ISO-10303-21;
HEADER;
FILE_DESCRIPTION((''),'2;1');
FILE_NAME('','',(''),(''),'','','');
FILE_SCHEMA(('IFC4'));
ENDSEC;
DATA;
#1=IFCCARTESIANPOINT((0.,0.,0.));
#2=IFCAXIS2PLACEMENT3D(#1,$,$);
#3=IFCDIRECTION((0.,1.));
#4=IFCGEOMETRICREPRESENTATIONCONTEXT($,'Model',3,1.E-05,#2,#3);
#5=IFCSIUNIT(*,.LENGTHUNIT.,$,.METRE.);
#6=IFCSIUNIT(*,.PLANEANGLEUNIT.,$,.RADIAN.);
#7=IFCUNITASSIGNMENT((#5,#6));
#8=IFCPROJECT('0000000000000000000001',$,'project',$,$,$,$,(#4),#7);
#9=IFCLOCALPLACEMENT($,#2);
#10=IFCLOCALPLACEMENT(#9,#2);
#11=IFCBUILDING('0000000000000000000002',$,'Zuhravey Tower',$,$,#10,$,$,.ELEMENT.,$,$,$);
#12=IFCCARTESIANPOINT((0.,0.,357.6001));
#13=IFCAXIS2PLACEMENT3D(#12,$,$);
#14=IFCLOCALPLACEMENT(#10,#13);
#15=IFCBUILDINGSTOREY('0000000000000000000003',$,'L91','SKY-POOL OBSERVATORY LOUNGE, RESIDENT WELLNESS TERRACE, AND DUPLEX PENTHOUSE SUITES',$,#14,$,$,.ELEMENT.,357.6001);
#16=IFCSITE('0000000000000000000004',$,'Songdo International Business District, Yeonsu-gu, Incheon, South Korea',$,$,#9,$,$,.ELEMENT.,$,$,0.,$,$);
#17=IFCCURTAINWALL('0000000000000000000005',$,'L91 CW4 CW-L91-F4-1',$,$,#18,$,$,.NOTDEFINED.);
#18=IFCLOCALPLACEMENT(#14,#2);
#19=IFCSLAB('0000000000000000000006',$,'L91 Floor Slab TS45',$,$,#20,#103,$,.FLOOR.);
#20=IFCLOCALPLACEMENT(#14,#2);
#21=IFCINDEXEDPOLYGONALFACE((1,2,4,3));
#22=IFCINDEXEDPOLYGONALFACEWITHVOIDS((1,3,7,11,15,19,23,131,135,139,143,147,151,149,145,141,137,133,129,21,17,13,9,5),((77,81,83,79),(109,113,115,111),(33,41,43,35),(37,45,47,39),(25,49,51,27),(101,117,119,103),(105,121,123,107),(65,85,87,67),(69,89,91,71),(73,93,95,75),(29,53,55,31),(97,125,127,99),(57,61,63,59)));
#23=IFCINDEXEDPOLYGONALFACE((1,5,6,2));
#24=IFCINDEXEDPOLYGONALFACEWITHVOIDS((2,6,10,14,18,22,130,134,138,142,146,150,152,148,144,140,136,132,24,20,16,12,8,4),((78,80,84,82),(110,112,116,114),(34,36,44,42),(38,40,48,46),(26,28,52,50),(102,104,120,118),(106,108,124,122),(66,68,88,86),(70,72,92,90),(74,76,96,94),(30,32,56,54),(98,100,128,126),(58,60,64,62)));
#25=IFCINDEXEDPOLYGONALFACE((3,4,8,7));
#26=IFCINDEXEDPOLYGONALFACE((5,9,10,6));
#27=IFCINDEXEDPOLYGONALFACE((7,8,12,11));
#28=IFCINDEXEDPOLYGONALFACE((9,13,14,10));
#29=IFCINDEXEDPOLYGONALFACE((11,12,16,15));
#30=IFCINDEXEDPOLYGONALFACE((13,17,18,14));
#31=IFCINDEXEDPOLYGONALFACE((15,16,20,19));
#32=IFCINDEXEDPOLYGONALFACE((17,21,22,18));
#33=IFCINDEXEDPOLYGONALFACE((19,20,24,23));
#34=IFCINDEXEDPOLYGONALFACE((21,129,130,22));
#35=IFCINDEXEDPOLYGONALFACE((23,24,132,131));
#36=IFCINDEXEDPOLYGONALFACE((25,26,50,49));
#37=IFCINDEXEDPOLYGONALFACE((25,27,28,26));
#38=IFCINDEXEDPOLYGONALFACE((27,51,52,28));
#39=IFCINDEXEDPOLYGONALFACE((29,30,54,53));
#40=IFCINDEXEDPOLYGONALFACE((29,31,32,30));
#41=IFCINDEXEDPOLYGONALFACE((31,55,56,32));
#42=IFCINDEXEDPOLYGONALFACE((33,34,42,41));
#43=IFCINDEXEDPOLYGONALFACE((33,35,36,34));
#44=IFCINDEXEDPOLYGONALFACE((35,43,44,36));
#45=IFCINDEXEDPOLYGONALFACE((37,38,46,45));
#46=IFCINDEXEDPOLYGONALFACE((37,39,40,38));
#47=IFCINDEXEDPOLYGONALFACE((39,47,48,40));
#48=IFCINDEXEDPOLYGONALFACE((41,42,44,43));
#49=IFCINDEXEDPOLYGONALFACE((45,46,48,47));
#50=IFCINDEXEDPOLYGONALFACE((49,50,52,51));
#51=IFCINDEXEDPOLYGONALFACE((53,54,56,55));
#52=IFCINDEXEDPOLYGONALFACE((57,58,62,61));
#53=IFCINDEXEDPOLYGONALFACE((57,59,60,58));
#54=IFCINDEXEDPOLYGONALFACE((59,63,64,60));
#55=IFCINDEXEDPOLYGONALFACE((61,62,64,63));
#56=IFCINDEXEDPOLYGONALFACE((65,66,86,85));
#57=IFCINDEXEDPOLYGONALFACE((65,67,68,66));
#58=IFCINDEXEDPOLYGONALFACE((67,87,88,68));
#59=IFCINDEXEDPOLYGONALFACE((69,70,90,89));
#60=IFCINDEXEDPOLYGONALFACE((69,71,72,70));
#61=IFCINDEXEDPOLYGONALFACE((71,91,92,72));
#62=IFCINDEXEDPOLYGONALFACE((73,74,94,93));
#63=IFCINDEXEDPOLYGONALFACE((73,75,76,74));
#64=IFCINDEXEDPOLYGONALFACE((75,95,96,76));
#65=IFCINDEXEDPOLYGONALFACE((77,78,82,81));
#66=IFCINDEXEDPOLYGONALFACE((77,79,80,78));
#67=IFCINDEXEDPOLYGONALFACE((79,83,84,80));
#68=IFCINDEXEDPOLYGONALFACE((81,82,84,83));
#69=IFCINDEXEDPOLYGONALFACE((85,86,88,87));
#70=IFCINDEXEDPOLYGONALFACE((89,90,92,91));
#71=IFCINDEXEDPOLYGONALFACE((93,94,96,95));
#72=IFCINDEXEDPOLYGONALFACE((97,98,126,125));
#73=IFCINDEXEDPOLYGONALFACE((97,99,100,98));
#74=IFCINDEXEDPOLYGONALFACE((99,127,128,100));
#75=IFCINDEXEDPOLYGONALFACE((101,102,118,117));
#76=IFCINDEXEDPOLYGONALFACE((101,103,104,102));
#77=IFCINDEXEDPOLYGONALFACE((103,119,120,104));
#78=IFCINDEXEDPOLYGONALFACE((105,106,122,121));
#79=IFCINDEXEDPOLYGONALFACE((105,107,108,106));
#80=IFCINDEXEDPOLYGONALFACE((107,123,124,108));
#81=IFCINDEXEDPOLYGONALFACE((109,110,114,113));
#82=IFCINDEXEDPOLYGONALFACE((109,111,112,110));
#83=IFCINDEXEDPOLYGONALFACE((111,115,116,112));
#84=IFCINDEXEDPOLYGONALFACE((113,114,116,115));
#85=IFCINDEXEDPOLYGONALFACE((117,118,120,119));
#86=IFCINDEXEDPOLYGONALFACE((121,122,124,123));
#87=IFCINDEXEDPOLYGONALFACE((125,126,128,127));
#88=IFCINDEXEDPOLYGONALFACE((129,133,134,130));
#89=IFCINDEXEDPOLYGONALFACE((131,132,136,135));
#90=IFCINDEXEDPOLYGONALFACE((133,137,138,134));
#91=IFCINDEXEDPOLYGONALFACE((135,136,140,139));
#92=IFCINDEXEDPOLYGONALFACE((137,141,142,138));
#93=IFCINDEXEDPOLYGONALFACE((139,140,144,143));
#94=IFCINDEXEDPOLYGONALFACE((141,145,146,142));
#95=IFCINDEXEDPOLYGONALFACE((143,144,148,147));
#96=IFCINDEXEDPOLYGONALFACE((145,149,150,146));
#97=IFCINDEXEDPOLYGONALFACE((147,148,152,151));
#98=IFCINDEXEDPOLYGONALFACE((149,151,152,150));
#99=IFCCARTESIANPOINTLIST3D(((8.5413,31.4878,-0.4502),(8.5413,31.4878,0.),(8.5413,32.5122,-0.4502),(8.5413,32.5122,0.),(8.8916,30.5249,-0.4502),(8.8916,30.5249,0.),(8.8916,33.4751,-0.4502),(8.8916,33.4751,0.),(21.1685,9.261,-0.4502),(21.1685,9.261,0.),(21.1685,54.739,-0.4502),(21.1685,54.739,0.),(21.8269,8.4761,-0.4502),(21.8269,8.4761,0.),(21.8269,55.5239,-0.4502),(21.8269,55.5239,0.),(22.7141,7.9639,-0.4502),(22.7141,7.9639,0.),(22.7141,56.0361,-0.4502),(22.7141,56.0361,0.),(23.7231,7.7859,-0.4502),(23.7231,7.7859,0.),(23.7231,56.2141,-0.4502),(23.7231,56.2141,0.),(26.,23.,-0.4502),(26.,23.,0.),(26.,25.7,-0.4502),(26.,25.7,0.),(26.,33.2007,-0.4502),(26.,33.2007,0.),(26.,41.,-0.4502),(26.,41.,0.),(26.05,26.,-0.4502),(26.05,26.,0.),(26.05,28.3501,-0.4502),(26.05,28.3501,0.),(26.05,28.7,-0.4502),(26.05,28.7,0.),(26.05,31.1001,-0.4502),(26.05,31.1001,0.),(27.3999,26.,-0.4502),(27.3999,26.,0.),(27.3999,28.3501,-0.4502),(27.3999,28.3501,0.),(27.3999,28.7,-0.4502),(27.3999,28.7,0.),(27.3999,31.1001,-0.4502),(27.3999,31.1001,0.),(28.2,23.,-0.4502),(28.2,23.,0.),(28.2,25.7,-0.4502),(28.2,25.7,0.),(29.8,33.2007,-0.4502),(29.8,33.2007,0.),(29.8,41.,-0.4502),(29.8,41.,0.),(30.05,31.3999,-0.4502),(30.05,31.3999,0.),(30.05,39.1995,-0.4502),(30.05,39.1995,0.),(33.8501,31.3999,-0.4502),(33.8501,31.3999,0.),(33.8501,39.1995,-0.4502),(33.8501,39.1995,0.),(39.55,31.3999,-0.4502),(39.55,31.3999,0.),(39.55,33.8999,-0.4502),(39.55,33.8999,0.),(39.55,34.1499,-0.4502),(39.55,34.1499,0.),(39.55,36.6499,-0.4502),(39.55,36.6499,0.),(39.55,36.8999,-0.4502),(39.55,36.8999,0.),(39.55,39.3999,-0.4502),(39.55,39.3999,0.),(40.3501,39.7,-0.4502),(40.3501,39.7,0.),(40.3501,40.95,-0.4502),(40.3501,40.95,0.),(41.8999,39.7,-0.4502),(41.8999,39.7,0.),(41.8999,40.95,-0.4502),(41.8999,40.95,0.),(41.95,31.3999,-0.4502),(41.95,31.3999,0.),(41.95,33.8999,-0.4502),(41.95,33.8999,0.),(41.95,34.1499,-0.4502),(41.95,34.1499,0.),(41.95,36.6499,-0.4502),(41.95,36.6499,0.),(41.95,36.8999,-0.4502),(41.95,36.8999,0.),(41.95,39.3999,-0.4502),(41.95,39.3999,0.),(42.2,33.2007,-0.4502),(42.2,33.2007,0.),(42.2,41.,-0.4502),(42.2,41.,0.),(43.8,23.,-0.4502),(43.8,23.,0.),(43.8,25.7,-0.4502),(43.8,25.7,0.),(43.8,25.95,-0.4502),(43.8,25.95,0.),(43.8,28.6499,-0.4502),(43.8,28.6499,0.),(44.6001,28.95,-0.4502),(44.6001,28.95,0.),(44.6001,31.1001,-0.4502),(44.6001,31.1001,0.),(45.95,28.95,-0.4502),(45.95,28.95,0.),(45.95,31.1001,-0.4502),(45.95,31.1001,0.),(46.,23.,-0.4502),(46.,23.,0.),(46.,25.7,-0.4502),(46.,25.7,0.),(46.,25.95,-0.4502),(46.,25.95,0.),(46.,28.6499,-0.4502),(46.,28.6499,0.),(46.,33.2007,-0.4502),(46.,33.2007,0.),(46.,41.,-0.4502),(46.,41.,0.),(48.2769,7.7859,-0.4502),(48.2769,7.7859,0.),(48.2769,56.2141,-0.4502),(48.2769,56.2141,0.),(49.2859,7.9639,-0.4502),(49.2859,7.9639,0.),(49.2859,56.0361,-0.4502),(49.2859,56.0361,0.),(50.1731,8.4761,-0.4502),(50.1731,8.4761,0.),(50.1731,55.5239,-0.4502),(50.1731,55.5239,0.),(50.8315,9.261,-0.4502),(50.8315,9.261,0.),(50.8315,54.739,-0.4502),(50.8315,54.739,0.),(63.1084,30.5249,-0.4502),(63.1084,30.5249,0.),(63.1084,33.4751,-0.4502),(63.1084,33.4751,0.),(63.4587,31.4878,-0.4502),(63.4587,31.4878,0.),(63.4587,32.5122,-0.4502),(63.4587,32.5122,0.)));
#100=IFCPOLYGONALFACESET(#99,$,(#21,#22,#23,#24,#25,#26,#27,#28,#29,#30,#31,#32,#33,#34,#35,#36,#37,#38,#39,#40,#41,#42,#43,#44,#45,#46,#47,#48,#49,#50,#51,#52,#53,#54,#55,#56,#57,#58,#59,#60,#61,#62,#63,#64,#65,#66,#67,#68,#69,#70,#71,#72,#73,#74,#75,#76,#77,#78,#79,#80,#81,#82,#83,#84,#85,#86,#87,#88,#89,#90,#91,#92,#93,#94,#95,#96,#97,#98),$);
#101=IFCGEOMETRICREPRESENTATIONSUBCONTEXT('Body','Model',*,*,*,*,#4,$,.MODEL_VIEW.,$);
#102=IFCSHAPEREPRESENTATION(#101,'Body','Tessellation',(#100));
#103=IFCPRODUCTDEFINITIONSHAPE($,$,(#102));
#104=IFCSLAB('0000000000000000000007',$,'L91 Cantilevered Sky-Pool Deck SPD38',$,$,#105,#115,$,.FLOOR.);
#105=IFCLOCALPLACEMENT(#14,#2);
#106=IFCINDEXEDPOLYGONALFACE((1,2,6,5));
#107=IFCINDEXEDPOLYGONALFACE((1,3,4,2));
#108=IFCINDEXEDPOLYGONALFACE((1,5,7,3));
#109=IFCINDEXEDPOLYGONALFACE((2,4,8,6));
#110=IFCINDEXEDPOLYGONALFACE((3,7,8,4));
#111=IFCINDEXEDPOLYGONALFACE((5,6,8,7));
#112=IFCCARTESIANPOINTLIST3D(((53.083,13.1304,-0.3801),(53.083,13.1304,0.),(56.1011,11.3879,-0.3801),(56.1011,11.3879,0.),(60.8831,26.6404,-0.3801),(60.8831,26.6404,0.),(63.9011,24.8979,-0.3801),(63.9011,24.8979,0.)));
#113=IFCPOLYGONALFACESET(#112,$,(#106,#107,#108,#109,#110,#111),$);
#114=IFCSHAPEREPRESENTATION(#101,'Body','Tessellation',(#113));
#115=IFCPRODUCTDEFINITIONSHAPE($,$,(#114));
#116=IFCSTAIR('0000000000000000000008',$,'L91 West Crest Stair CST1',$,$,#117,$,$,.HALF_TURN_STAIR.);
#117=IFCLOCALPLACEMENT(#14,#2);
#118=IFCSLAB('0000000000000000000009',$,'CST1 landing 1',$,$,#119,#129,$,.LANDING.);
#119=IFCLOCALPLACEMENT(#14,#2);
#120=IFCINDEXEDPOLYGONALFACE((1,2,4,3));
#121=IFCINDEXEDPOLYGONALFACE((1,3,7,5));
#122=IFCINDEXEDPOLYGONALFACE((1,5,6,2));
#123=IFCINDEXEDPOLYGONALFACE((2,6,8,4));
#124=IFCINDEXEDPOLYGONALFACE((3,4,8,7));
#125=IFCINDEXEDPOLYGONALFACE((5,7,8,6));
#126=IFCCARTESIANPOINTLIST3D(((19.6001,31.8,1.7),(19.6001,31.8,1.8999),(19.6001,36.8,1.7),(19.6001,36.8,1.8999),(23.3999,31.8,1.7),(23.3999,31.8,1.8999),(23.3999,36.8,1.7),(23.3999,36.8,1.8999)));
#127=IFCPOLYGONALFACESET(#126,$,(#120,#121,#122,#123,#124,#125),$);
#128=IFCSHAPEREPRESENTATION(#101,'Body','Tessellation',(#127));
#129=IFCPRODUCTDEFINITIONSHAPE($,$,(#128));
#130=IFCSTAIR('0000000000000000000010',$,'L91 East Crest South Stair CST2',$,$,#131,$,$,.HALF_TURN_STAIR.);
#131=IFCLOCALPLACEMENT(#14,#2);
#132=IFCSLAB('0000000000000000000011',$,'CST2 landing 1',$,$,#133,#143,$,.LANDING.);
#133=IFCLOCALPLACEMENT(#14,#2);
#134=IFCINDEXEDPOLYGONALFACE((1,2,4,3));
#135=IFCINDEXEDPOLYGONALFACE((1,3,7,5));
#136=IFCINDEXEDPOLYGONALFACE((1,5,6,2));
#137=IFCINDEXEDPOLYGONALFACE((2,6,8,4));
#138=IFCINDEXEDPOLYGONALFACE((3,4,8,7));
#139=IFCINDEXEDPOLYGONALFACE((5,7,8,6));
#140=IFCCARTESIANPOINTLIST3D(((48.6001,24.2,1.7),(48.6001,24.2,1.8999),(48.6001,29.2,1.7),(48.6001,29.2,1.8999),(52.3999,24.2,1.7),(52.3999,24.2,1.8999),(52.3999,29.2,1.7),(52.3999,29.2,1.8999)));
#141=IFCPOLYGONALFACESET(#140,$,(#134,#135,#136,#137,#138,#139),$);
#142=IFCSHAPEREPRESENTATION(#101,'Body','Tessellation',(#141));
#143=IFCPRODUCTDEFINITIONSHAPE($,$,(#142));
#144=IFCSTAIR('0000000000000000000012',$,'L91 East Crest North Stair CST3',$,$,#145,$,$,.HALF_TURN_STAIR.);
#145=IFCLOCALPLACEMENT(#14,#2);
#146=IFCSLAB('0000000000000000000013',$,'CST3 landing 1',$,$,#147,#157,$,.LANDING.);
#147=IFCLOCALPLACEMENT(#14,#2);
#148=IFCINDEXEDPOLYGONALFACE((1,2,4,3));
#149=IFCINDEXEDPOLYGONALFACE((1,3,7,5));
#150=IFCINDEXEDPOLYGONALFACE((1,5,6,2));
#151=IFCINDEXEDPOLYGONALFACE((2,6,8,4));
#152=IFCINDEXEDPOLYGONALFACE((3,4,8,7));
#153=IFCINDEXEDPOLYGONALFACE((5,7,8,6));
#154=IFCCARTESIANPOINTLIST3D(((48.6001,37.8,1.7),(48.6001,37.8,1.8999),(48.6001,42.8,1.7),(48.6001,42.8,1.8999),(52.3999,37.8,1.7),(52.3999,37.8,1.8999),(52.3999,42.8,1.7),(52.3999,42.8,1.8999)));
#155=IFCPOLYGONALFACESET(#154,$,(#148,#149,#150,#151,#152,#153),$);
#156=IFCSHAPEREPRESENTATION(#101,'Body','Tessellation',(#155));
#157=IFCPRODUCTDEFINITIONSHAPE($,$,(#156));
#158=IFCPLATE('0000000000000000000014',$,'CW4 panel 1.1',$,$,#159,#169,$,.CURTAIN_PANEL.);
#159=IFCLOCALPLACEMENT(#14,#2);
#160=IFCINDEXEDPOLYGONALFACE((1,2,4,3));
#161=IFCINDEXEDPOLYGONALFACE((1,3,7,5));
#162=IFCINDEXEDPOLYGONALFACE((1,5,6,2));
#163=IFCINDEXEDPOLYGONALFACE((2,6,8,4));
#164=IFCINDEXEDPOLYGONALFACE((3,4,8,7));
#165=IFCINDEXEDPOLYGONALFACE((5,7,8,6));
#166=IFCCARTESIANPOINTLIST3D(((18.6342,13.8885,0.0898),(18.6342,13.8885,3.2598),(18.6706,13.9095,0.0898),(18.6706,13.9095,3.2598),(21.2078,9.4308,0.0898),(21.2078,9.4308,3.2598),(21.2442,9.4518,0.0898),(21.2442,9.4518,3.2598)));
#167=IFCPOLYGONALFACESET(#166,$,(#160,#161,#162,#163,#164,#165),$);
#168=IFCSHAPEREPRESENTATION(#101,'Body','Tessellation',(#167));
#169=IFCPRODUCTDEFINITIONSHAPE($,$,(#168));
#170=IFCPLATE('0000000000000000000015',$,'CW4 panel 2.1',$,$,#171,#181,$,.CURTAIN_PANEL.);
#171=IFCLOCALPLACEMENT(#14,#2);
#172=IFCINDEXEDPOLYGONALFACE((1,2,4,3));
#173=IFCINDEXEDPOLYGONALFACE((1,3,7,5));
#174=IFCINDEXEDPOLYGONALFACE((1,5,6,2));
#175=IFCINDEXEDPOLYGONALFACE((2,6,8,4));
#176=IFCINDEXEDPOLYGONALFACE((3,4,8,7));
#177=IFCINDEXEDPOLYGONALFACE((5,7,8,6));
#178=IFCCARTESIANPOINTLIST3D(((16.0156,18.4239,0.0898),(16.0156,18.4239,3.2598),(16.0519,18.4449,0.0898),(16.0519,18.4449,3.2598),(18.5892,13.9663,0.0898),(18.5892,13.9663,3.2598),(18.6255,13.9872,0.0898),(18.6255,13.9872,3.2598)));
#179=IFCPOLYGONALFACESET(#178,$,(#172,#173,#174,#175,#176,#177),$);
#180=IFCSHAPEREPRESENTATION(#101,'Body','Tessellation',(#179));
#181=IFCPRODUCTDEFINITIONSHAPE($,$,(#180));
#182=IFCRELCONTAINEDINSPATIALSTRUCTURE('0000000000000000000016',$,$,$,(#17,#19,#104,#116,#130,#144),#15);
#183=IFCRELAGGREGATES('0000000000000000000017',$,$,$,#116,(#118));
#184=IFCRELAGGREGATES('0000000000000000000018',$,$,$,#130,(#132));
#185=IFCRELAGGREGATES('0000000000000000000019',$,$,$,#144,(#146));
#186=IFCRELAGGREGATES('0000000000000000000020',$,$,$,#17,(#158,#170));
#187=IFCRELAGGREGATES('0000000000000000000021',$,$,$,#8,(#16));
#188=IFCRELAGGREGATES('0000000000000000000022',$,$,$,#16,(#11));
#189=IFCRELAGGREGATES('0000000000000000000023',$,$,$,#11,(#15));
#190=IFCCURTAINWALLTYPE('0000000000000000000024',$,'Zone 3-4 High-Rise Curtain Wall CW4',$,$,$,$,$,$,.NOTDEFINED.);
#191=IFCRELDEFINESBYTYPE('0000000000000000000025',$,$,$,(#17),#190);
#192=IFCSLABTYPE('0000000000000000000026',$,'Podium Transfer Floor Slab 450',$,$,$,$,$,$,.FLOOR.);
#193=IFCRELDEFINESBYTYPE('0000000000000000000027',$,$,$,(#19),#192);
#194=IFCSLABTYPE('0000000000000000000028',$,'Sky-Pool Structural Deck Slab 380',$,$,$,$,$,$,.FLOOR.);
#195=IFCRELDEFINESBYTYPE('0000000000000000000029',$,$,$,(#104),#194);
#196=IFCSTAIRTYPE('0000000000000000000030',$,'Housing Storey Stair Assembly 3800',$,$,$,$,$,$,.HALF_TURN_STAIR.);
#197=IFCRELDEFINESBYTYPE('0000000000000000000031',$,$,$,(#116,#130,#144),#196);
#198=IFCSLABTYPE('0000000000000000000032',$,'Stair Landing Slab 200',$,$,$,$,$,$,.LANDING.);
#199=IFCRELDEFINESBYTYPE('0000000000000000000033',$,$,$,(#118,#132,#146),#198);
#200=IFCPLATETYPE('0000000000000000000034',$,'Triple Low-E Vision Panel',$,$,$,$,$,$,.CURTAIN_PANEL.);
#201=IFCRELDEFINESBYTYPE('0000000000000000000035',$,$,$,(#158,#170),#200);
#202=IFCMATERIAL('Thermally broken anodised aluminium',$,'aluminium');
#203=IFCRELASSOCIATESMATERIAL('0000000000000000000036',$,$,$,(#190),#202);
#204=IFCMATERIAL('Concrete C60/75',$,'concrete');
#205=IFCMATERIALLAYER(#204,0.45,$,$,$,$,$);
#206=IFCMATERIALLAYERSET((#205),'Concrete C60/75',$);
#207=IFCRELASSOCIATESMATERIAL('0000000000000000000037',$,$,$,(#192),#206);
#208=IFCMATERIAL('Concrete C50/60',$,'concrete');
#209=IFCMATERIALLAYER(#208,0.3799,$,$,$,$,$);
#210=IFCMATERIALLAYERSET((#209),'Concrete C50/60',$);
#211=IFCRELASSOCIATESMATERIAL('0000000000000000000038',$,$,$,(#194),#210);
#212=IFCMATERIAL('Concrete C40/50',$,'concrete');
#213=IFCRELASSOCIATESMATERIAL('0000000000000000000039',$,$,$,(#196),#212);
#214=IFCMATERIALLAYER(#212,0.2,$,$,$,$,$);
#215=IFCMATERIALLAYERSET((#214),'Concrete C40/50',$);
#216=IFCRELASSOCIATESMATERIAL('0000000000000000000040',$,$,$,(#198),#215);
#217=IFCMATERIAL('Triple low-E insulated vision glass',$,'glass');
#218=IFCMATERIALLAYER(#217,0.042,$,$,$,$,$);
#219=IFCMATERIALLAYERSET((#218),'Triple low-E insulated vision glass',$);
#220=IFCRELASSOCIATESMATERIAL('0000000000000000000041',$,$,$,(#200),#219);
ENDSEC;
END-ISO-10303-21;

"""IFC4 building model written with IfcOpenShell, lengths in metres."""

from ifc_helpers import new_model, si_unit, direction, frame, origin, origin_2d, place, context, subcontext, project, spatial, polyline, rectangle, outline, extrude, material, layer, layer_set, type_object, element, aggregate, save


model = new_model("IFC4")

# Units and contexts
model_context = context("Model", 3, precision=1e-05, world=origin(), true_north=direction((0.0, 1.0)))
body_context = subcontext(model_context, "Body", "Model", "MODEL_VIEW")
ifc_project = project(units=[si_unit("LENGTHUNIT", "METRE"), si_unit("PLANEANGLEUNIT", "RADIAN")], contexts=[model_context])

# Site, building, storey
site_placement = place(None, origin())
site = spatial("IfcSite", under=ifc_project, at=site_placement, Name="Songdo International Business District, Yeonsu-gu, Incheon, South Korea", CompositionType="ELEMENT", RefElevation=0.0)
building_placement = place(site_placement, origin())
building = spatial("IfcBuilding", under=site, at=building_placement, Name="Zuhravey Tower", CompositionType="ELEMENT")
storey_placement = place(building_placement, frame((0.0, 0.0, 357.6001)))
storey = spatial("IfcBuildingStorey", under=building, at=storey_placement, Name="L91", Description="SKY-POOL OBSERVATORY LOUNGE, RESIDENT WELLNESS TERRACE, AND DUPLEX PENTHOUSE SUITES", CompositionType="ELEMENT", Elevation=357.6001)

# Shared definitions
ifc_material_1 = material(Name="Concrete C50/60", Category="concrete")

# Curtain wall
ifc_material_2 = material(Name="Thermally broken anodised aluminium", Category="aluminium")
curtain_wall_type = type_object("IfcCurtainWallType", Name="Zone 3-4 High-Rise Curtain Wall CW4", PredefinedType="NOTDEFINED", material=ifc_material_2)
curtain_wall_placement = place(storey_placement, origin())
curtain_wall = element("IfcCurtainWall", 1, at=curtain_wall_placement, inside=storey, type_object=curtain_wall_type, Name="L91 CW4 CW-L91-F4-1", PredefinedType="NOTDEFINED")

# Slabs
ifc_material_3 = material(Name="Concrete C60/75", Category="concrete")
ifc_layer_1 = layer(ifc_material_3, 0.45)
ifc_layer_set_1 = layer_set([ifc_layer_1], Name="Concrete C60/75")
slab_type_1 = type_object("IfcSlabType", Name="Podium Transfer Floor Slab 450", PredefinedType="FLOOR", material=ifc_layer_set_1)
slab_1_placement = place(storey_placement, frame((0.0, 0.0, -0.4502)))
element("IfcSlab", 2, at=slab_1_placement, inside=storey, type_object=slab_type_1, Name="L91 Floor Slab TS45", PredefinedType="FLOOR", context=body_context, shape_type="SweptSolid", body=[
    extrude(outline(polyline([(63.1084, 30.5249), (63.4587, 31.4878), (63.4587, 32.5122), (63.1084, 33.4751), (50.8315, 54.739), (50.1731, 55.5239), (49.2859, 56.0361), (48.2769, 56.2141), (23.7231, 56.2141), (22.7141, 56.0361), (21.8269, 55.5239), (21.1685, 54.739), (8.8916, 33.4751), (8.5413, 32.5122), (8.5413, 31.4878), (8.8916, 30.5249), (21.1685, 9.261), (21.8269, 8.4761), (22.7141, 7.9639), (23.7231, 7.7859), (48.2769, 7.7859), (49.2859, 7.9639), (50.1731, 8.4761), (50.8315, 9.261), (63.1084, 30.5249)]), holes=[polyline([(29.8, 33.2007), (29.8, 41.0), (26.0, 41.0), (26.0, 33.2007), (29.8, 33.2007)]), polyline([(46.0, 33.2007), (46.0, 41.0), (42.2, 41.0), (42.2, 33.2007), (46.0, 33.2007)]), polyline([(30.05, 39.1995), (30.05, 31.3999), (33.8501, 31.3999), (33.8501, 39.1995), (30.05, 39.1995)]), polyline([(39.55, 31.3999), (41.95, 31.3999), (41.95, 33.8999), (39.55, 33.8999), (39.55, 31.3999)]), polyline([(39.55, 34.1499), (41.95, 34.1499), (41.95, 36.6499), (39.55, 36.6499), (39.55, 34.1499)]), polyline([(39.55, 36.8999), (41.95, 36.8999), (41.95, 39.3999), (39.55, 39.3999), (39.55, 36.8999)]), polyline([(26.0, 23.0), (28.2, 23.0), (28.2, 25.7), (26.0, 25.7), (26.0, 23.0)]), polyline([(43.8, 23.0), (46.0, 23.0), (46.0, 25.7), (43.8, 25.7), (43.8, 23.0)]), polyline([(43.8, 25.95), (46.0, 25.95), (46.0, 28.6499), (43.8, 28.6499), (43.8, 25.95)]), polyline([(26.05, 26.0), (27.3999, 26.0), (27.3999, 28.3501), (26.05, 28.3501), (26.05, 26.0)]), polyline([(26.05, 28.7), (27.3999, 28.7), (27.3999, 31.1001), (26.05, 31.1001), (26.05, 28.7)]), polyline([(44.6001, 28.95), (45.95, 28.95), (45.95, 31.1001), (44.6001, 31.1001), (44.6001, 28.95)]), polyline([(40.3501, 39.7), (41.8999, 39.7), (41.8999, 40.95), (40.3501, 40.95), (40.3501, 39.7)])]), origin(), (0.0, 0.0, 1.0), 0.4502),
])
ifc_layer_2 = layer(ifc_material_1, 0.3799)
ifc_layer_set_2 = layer_set([ifc_layer_2], Name="Concrete C50/60")
slab_type_2 = type_object("IfcSlabType", Name="Sky-Pool Structural Deck Slab 380", PredefinedType="FLOOR", material=ifc_layer_set_2)
slab_2_placement = place(storey_placement, frame((0.0, 0.0, -0.3801)))
element("IfcSlab", 3, at=slab_2_placement, inside=storey, type_object=slab_type_2, Name="L91 Cantilevered Sky-Pool Deck SPD38", PredefinedType="FLOOR", context=body_context, shape_type="SweptSolid", body=[
    extrude(outline(polyline([(53.083, 13.1304), (60.8831, 26.6404), (63.9011, 24.8979), (56.1011, 11.3879), (53.083, 13.1304)])), origin(), (0.0, 0.0, 1.0), 0.3801),
])

# Stairs, slabs
ifc_material_4 = material(Name="Concrete C40/50", Category="concrete")
stair_type = type_object("IfcStairType", Name="Housing Storey Stair Assembly 3800", PredefinedType="HALF_TURN_STAIR", material=ifc_material_4)
stair_1_placement = place(storey_placement, origin())
stair_1 = element("IfcStair", 4, at=stair_1_placement, inside=storey, type_object=stair_type, Name="L91 West Crest Stair CST1", PredefinedType="HALF_TURN_STAIR")
ifc_layer_3 = layer(ifc_material_4, 0.2)
ifc_layer_set_3 = layer_set([ifc_layer_3], Name="Concrete C40/50")
slab_type_3 = type_object("IfcSlabType", Name="Stair Landing Slab 200", PredefinedType="LANDING", material=ifc_layer_set_3)
slab_3_placement = place(storey_placement, frame((0.0, 0.0, 1.7)))
slab_3 = element("IfcSlab", 5, at=slab_3_placement, type_object=slab_type_3, Name="CST1 landing 1", PredefinedType="LANDING", context=body_context, shape_type="SweptSolid", body=[
    extrude(outline(polyline([(23.3999, 31.8), (23.3999, 36.8), (19.6001, 36.8), (19.6001, 31.8), (23.3999, 31.8)])), origin(), (0.0, 0.0, 1.0), 0.2),
])
aggregate(stair_1, [slab_3])
stair_2_placement = place(storey_placement, origin())
stair_2 = element("IfcStair", 6, at=stair_2_placement, inside=storey, type_object=stair_type, Name="L91 East Crest South Stair CST2", PredefinedType="HALF_TURN_STAIR")
slab_4_placement = place(storey_placement, frame((0.0, 0.0, 1.7)))
slab_4 = element("IfcSlab", 7, at=slab_4_placement, type_object=slab_type_3, Name="CST2 landing 1", PredefinedType="LANDING", context=body_context, shape_type="SweptSolid", body=[
    extrude(outline(polyline([(52.3999, 24.2), (52.3999, 29.2), (48.6001, 29.2), (48.6001, 24.2), (52.3999, 24.2)])), origin(), (0.0, 0.0, 1.0), 0.2),
])
aggregate(stair_2, [slab_4])
stair_3_placement = place(storey_placement, origin())
stair_3 = element("IfcStair", 8, at=stair_3_placement, inside=storey, type_object=stair_type, Name="L91 East Crest North Stair CST3", PredefinedType="HALF_TURN_STAIR")
slab_5_placement = place(storey_placement, frame((0.0, 0.0, 1.7)))
slab_5 = element("IfcSlab", 9, at=slab_5_placement, type_object=slab_type_3, Name="CST3 landing 1", PredefinedType="LANDING", context=body_context, shape_type="SweptSolid", body=[
    extrude(outline(polyline([(52.3999, 37.8), (52.3999, 42.8), (48.6001, 42.8), (48.6001, 37.8), (52.3999, 37.8)])), origin(), (0.0, 0.0, 1.0), 0.2),
])
aggregate(stair_3, [slab_5])

# Plates
ifc_material_5 = material(Name="Triple low-E insulated vision glass", Category="glass")
ifc_layer_4 = layer(ifc_material_5, 0.042)
ifc_layer_set_4 = layer_set([ifc_layer_4], Name="Triple low-E insulated vision glass")
plate_type_1 = type_object("IfcPlateType", Name="Triple Low-E Vision Panel", PredefinedType="CURTAIN_PANEL", material=ifc_layer_set_4)
plate_1_placement = place(storey_placement, frame((19.9392, 11.6702, 0.0898), z_axis=(0.0, 0.0, 1.0), x_axis=(-0.499994, 0.866029, 0.0)))
plate_1 = element("IfcPlate", 10, at=plate_1_placement, type_object=plate_type_1, Name="CW4 panel 1.1", PredefinedType="CURTAIN_PANEL", context=body_context, shape_type="SweptSolid", body=[
    extrude(rectangle(XDim=5.1472, YDim=0.042, at=origin_2d()), origin(), (0.0, 0.0, 1.0), 3.1699),
])
plate_2_placement = place(storey_placement, frame((17.3206, 16.2056, 0.0898), z_axis=(0.0, 0.0, 1.0), x_axis=(-0.499994, 0.866029, 0.0)))
plate_2 = element("IfcPlate", 11, at=plate_2_placement, type_object=plate_type_1, Name="CW4 panel 2.1", PredefinedType="CURTAIN_PANEL", context=body_context, shape_type="SweptSolid", body=[
    extrude(rectangle(XDim=5.1472, YDim=0.042, at=origin_2d()), origin(), (0.0, 0.0, 1.0), 3.1699),
])
aggregate(curtain_wall, [plate_1, plate_2])

save(model, "model.ifc")
